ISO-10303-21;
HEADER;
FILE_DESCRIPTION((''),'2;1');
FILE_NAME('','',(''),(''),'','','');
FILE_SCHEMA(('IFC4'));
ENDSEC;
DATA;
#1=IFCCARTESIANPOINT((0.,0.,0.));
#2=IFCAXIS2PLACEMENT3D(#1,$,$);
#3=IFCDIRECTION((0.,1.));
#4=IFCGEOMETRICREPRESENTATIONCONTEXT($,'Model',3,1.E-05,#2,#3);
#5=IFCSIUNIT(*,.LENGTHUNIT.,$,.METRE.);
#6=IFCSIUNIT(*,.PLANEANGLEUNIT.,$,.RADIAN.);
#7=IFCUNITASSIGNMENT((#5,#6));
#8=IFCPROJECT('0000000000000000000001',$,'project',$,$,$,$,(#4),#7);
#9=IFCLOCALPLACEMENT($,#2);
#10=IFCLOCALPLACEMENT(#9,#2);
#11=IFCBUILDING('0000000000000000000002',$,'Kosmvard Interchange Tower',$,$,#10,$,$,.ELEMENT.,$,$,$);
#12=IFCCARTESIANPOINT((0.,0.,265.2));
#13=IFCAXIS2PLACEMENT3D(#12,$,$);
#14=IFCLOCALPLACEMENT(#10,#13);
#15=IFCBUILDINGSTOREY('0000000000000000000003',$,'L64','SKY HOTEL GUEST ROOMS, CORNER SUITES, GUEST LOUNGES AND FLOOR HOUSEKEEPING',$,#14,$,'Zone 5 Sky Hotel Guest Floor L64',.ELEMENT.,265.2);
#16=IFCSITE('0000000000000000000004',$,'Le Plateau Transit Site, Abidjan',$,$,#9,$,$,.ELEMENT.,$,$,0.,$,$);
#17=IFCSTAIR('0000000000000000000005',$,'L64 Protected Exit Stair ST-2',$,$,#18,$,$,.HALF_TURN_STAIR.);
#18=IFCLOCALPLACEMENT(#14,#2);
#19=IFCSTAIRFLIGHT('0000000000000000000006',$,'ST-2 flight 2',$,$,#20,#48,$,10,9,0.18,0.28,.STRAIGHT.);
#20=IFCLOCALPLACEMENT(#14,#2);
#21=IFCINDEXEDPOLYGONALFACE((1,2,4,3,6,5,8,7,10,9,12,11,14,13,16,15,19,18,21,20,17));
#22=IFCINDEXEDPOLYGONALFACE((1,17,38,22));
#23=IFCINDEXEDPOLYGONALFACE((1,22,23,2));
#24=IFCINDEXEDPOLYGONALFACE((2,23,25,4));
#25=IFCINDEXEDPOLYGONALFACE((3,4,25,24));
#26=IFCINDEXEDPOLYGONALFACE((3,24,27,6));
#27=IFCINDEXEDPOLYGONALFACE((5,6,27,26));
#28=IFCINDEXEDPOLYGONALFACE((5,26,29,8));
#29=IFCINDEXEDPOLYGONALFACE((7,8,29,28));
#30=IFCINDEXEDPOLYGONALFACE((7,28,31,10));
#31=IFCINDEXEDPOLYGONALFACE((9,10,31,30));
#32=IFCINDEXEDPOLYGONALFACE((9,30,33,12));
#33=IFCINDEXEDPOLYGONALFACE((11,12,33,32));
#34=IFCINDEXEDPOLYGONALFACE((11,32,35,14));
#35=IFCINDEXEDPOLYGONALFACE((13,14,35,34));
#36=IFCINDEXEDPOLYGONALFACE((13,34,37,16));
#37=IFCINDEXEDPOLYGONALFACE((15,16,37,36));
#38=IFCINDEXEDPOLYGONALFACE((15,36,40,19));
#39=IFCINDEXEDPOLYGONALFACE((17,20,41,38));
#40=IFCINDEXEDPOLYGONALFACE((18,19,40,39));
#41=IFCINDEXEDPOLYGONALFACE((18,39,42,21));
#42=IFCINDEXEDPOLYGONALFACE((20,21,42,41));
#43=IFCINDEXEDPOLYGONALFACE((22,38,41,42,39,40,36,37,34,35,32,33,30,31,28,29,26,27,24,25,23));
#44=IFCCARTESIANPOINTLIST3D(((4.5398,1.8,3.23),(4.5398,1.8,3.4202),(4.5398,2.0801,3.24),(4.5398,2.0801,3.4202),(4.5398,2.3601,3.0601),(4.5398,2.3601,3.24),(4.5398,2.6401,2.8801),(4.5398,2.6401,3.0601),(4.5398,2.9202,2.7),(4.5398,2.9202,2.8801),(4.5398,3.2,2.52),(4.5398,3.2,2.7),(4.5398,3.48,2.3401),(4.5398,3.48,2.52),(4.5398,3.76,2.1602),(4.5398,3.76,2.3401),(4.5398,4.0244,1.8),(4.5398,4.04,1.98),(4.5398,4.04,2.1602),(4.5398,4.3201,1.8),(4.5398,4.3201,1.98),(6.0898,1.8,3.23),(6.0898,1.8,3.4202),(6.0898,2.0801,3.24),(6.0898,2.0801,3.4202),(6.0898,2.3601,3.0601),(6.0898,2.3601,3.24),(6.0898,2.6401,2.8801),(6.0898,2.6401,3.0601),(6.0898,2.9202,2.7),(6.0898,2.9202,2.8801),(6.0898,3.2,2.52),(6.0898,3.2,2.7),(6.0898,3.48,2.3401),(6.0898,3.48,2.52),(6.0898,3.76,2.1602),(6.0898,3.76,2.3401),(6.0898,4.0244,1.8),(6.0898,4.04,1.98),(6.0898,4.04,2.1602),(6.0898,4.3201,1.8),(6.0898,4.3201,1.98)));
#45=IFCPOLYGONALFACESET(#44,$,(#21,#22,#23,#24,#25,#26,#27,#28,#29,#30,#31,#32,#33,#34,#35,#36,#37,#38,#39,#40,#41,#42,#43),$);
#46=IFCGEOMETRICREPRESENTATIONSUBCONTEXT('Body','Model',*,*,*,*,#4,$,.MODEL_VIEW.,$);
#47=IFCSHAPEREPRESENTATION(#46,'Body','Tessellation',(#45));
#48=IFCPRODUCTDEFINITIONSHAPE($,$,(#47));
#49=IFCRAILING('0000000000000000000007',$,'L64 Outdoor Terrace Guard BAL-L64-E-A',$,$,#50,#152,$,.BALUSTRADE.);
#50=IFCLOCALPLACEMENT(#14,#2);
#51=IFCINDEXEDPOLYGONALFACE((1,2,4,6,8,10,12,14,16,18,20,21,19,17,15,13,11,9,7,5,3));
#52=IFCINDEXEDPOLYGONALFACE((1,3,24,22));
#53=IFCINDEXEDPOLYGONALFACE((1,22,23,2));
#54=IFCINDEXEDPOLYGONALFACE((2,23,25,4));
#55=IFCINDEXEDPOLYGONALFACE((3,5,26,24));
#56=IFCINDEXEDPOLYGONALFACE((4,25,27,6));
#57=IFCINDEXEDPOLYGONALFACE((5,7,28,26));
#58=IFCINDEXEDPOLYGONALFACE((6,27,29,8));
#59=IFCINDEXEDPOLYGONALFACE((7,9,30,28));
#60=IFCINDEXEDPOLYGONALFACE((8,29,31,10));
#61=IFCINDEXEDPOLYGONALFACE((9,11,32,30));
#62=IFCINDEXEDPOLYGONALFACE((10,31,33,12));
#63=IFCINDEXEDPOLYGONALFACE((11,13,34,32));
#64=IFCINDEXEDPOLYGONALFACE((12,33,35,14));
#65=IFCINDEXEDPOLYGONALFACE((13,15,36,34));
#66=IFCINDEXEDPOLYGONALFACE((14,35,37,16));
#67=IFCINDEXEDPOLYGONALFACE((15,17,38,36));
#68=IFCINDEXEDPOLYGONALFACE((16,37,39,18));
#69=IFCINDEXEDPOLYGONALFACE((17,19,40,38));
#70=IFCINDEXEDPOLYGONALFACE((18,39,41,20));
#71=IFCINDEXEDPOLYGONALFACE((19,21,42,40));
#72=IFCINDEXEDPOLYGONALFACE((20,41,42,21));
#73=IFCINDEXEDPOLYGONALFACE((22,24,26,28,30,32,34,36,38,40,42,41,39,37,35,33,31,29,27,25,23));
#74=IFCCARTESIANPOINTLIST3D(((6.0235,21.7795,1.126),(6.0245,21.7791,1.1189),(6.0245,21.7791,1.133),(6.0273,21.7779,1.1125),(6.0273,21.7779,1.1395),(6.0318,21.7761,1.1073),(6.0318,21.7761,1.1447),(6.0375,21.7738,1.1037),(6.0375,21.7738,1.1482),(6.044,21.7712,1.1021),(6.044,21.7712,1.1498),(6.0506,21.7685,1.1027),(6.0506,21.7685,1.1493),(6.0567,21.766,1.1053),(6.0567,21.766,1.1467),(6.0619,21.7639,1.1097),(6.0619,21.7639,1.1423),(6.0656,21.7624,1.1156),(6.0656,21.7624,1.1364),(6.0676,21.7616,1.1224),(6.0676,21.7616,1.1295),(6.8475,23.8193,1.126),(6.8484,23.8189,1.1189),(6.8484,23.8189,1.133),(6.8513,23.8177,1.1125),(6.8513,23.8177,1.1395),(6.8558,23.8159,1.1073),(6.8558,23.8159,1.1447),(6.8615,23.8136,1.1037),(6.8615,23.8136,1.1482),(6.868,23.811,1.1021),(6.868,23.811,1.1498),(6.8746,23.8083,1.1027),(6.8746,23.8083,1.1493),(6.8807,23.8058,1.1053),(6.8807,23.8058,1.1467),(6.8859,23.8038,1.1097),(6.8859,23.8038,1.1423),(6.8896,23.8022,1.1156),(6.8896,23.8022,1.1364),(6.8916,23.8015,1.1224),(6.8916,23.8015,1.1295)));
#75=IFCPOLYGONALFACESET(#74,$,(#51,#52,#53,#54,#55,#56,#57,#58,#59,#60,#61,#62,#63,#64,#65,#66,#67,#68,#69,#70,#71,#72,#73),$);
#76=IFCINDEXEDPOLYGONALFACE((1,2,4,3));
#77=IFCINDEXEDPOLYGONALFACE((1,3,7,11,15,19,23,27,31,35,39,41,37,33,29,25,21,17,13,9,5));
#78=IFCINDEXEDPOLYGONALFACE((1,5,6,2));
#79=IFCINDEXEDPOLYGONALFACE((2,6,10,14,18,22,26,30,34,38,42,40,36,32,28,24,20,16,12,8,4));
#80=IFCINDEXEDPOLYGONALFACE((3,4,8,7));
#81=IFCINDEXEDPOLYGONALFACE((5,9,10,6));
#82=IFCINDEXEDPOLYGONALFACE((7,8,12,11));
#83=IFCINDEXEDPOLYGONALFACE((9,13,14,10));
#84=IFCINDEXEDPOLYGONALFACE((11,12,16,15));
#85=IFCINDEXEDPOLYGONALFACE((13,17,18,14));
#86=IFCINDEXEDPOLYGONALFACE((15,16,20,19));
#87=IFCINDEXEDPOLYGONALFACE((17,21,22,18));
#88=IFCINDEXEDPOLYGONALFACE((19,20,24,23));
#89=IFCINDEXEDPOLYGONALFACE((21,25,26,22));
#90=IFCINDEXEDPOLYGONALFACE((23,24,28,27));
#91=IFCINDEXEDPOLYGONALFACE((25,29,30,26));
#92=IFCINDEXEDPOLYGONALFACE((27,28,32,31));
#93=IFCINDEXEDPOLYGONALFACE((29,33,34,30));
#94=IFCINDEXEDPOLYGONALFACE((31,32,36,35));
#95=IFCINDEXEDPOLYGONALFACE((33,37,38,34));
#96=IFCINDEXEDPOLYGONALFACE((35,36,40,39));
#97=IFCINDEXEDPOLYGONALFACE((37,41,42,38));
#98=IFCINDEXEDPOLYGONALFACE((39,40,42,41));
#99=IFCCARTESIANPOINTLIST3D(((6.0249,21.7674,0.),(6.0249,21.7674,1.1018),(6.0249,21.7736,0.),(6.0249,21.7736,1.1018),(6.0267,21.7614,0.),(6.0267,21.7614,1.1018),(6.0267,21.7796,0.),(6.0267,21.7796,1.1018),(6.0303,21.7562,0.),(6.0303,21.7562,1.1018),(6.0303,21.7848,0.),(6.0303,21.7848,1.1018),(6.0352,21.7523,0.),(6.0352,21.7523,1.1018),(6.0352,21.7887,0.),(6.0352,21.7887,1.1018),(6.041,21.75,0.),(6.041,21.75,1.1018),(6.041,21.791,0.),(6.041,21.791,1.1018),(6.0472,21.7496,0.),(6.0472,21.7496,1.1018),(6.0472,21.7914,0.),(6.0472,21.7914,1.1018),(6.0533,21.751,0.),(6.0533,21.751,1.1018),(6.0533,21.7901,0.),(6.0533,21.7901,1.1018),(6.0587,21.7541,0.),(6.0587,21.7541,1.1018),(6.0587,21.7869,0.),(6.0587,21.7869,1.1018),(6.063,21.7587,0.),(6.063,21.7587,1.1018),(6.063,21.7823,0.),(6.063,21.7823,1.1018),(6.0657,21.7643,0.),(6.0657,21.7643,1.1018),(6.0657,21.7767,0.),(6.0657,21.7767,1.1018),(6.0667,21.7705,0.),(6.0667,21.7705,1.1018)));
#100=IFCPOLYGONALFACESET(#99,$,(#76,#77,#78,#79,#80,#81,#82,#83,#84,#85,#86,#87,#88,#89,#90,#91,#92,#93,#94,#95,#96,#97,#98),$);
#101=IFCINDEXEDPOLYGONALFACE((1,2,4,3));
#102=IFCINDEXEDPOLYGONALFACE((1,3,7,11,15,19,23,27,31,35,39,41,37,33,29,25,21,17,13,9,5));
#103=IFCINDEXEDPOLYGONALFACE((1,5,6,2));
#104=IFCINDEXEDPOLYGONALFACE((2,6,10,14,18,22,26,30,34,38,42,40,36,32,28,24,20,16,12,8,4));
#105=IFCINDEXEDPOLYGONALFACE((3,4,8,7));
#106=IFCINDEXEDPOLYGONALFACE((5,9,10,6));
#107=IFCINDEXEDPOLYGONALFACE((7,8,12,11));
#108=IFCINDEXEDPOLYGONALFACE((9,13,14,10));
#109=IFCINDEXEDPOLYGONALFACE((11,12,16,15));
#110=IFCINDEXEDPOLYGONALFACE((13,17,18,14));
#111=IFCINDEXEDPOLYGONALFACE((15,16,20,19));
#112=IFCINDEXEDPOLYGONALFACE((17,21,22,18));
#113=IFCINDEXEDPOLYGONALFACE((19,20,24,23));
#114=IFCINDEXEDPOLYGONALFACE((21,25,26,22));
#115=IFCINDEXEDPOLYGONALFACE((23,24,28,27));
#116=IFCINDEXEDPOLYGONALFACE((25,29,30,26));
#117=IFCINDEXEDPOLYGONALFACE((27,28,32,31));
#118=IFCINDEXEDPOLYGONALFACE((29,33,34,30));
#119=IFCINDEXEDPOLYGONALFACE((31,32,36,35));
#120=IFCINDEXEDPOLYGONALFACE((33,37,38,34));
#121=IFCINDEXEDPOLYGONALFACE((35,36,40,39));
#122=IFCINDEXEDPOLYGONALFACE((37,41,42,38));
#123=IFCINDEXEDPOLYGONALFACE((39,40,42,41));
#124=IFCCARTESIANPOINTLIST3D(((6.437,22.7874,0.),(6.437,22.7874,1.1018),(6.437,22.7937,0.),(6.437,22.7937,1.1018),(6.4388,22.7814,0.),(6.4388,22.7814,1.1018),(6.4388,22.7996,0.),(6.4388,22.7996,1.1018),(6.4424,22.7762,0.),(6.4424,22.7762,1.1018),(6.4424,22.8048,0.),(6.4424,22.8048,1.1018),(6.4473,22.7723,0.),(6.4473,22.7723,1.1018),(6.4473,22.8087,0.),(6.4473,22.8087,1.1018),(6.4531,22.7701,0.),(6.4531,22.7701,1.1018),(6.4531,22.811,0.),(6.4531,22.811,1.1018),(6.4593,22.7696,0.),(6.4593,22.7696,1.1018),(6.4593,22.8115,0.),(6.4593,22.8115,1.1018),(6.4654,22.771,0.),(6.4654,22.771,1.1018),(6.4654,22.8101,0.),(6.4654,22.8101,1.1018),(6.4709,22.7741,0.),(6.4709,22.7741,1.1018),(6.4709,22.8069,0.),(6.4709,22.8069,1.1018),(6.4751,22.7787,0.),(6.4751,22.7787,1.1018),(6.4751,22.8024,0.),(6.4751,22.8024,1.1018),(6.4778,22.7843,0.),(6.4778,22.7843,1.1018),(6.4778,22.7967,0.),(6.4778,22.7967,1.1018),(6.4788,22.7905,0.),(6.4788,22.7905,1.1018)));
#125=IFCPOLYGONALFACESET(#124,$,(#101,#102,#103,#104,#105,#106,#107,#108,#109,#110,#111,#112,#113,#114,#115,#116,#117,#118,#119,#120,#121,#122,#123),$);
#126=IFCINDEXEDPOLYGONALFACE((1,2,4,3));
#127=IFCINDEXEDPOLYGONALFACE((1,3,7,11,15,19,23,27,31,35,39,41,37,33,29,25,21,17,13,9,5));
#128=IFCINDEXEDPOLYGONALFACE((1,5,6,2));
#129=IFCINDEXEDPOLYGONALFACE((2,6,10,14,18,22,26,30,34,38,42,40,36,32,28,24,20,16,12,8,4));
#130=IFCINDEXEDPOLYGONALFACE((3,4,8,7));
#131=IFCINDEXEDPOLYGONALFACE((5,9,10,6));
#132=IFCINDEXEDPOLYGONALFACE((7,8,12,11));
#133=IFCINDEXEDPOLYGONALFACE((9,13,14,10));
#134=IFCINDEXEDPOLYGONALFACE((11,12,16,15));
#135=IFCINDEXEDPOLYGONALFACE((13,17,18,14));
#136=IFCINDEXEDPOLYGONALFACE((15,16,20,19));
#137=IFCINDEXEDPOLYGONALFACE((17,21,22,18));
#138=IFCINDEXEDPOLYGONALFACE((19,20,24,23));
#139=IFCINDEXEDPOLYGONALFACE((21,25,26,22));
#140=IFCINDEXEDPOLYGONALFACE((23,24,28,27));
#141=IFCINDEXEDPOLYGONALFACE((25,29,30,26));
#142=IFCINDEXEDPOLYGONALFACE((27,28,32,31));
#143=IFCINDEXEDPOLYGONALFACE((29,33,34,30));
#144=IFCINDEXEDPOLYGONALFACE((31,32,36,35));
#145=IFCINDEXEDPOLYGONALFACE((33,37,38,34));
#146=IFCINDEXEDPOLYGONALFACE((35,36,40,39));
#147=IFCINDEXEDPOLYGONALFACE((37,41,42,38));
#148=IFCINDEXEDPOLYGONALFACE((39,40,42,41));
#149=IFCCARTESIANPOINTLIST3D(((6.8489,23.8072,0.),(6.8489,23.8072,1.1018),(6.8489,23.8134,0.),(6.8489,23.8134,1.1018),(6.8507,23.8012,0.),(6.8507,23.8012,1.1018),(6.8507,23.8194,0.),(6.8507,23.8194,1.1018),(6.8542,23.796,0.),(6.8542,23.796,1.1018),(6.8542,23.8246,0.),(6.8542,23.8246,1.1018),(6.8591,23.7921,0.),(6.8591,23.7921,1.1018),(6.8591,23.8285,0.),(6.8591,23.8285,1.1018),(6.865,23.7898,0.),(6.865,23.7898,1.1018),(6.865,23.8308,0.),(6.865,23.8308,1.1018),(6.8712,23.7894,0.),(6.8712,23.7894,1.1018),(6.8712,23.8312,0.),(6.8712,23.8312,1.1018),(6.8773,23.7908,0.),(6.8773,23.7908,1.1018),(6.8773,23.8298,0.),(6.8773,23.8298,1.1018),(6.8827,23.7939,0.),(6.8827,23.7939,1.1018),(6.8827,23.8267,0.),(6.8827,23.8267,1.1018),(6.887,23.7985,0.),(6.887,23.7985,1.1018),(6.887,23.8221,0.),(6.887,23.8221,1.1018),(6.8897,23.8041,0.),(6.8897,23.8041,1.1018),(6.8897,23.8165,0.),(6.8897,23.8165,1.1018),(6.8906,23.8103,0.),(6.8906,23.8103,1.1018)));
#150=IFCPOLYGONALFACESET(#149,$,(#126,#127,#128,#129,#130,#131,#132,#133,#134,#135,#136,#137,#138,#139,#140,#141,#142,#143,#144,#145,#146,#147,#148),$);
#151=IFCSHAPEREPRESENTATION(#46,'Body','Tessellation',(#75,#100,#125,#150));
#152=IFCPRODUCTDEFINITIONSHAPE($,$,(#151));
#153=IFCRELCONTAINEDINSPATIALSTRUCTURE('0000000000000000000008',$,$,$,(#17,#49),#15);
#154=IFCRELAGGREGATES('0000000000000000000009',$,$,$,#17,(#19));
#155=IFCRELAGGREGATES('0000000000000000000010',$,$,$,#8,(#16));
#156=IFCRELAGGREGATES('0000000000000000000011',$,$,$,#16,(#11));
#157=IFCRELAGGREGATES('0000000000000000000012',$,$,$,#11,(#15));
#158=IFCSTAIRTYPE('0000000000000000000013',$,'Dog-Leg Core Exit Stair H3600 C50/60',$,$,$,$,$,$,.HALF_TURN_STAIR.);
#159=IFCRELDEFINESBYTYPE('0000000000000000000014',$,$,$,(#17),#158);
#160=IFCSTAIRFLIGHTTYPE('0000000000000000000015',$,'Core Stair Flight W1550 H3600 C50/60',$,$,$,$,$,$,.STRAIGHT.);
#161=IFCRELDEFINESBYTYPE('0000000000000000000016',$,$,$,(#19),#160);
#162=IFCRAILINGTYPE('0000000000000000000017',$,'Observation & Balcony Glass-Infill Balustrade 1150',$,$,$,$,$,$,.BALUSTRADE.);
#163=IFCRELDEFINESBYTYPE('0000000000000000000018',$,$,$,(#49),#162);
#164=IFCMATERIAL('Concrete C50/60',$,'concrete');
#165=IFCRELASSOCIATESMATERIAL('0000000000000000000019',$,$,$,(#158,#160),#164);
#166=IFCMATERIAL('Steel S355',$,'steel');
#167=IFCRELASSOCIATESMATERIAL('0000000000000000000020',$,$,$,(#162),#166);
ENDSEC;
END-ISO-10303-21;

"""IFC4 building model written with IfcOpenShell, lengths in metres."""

from ifc_helpers import new_model, si_unit, direction, frame, origin, origin_2d, place, context, subcontext, project, spatial, polyline, circle, outline, extrude, source, transform, mapped, material, type_object, element, aggregate, save


model = new_model("IFC4")

# Units and contexts
model_context = context("Model", 3, precision=1e-05, world=origin(), true_north=direction((0.0, 1.0)))
body_context = subcontext(model_context, "Body", "Model", "MODEL_VIEW")
ifc_project = project(units=[si_unit("LENGTHUNIT", "METRE"), si_unit("PLANEANGLEUNIT", "RADIAN")], contexts=[model_context])

# Site, building, storey
site_placement = place(None, origin())
site = spatial("IfcSite", under=ifc_project, at=site_placement, Name="Le Plateau Transit Site, Abidjan", CompositionType="ELEMENT", RefElevation=0.0)
building_placement = place(site_placement, origin())
building = spatial("IfcBuilding", under=site, at=building_placement, Name="Kosmvard Interchange Tower", CompositionType="ELEMENT")
storey_placement = place(building_placement, frame((0.0, 0.0, 265.2)))
storey = spatial("IfcBuildingStorey", under=building, at=storey_placement, Name="L64", Description="SKY HOTEL GUEST ROOMS, CORNER SUITES, GUEST LOUNGES AND FLOOR HOUSEKEEPING", LongName="Zone 5 Sky Hotel Guest Floor L64", CompositionType="ELEMENT", Elevation=265.2)

# Shared definitions
ifc_material_1 = material(Name="Concrete C50/60", Category="concrete")

# Shared definitions
ifc_material_2 = material(Name="Steel S355", Category="steel")

# Stair, stair flight
stair_type = type_object("IfcStairType", Name="Dog-Leg Core Exit Stair H3600 C50/60", PredefinedType="HALF_TURN_STAIR", material=ifc_material_1)
stair_placement = place(storey_placement, origin())
stair = element("IfcStair", 1, at=stair_placement, inside=storey, type_object=stair_type, Name="L64 Protected Exit Stair ST-2", PredefinedType="HALF_TURN_STAIR")
stair_flight_type = type_object("IfcStairFlightType", Name="Core Stair Flight W1550 H3600 C50/60", PredefinedType="STRAIGHT", material=ifc_material_1)
shared_shape_1 = source(origin(), body_context, "Body", "SweptSolid", [
    extrude(outline(polyline([(0.0, 0.0), (0.0, 0.1799), (0.28, 0.1799), (0.28, 0.3601), (0.5601, 0.3601), (0.5601, 0.54), (0.8401, 0.54), (0.8401, 0.72), (1.1201, 0.72), (1.1201, 0.8999), (1.3999, 0.8999), (1.3999, 1.0801), (1.6799, 1.0801), (1.6799, 1.26), (1.96, 1.26), (1.96, 1.4399), (2.24, 1.4399), (2.24, 1.6201), (2.52, 1.6201), (2.52, 1.8), (2.52, 1.4299), (0.2957, 0.0), (0.0, 0.0)])), frame((0.0, 0.7749, 0.0), z_axis=(0.0, -1.0, 0.0), x_axis=(1.0, 0.0, 0.0)), (0.0, 0.0, 1.0), 1.55),
])
stair_flight_1_placement = place(storey_placement, frame((5.3149, 4.3201, 1.8), z_axis=(0.0, 0.0, 1.0), x_axis=(0.0, -1.0, 0.0)))
stair_flight_1 = element("IfcStairFlight", 2, at=stair_flight_1_placement, type_object=stair_flight_type, Name="ST-2 flight 2", NumberOfRisers=10, NumberOfTreads=9, PredefinedType="STRAIGHT", RiserHeight=0.18, TreadLength=0.28, context=body_context, shape_type="MappedRepresentation", body=[
    mapped(shared_shape_1, transform((0.0, 0.0, 0.0), scale=1.0)),
])
aggregate(stair, [stair_flight_1])

# Railing
railing_type_1 = type_object("IfcRailingType", Name="Observation & Balcony Glass-Infill Balustrade 1150", PredefinedType="BALUSTRADE", material=ifc_material_2)
shared_shape_2 = source(origin(), body_context, "Body", "SweptSolid", [
    extrude(circle(Radius=0.0239, at=origin_2d()), frame((0.0, 0.0, 1.126), z_axis=(0.374546, 0.927208, 0.0), x_axis=(-0.927208, 0.374546, 0.0)), (0.0, 0.0, 1.0), 2.2),
    extrude(circle(Radius=0.021, at=origin_2d()), origin(), (0.0, 0.0, 1.0), 1.1018),
    extrude(circle(Radius=0.021, at=origin_2d()), frame((0.4121, 1.02, 0.0)), (0.0, 0.0, 1.0), 1.1018),
    extrude(circle(Radius=0.021, at=origin_2d()), frame((0.824, 2.0398, 0.0)), (0.0, 0.0, 1.0), 1.1018),
])
railing_1_placement = place(storey_placement, frame((6.0457, 21.7705, 0.0)))
element("IfcRailing", 3, at=railing_1_placement, inside=storey, type_object=railing_type_1, Name="L64 Outdoor Terrace Guard BAL-L64-E-A", PredefinedType="BALUSTRADE", context=body_context, shape_type="MappedRepresentation", body=[
    mapped(shared_shape_2, transform((0.0, 0.0, 0.0), scale=1.0)),
])

save(model, "model.ifc")
